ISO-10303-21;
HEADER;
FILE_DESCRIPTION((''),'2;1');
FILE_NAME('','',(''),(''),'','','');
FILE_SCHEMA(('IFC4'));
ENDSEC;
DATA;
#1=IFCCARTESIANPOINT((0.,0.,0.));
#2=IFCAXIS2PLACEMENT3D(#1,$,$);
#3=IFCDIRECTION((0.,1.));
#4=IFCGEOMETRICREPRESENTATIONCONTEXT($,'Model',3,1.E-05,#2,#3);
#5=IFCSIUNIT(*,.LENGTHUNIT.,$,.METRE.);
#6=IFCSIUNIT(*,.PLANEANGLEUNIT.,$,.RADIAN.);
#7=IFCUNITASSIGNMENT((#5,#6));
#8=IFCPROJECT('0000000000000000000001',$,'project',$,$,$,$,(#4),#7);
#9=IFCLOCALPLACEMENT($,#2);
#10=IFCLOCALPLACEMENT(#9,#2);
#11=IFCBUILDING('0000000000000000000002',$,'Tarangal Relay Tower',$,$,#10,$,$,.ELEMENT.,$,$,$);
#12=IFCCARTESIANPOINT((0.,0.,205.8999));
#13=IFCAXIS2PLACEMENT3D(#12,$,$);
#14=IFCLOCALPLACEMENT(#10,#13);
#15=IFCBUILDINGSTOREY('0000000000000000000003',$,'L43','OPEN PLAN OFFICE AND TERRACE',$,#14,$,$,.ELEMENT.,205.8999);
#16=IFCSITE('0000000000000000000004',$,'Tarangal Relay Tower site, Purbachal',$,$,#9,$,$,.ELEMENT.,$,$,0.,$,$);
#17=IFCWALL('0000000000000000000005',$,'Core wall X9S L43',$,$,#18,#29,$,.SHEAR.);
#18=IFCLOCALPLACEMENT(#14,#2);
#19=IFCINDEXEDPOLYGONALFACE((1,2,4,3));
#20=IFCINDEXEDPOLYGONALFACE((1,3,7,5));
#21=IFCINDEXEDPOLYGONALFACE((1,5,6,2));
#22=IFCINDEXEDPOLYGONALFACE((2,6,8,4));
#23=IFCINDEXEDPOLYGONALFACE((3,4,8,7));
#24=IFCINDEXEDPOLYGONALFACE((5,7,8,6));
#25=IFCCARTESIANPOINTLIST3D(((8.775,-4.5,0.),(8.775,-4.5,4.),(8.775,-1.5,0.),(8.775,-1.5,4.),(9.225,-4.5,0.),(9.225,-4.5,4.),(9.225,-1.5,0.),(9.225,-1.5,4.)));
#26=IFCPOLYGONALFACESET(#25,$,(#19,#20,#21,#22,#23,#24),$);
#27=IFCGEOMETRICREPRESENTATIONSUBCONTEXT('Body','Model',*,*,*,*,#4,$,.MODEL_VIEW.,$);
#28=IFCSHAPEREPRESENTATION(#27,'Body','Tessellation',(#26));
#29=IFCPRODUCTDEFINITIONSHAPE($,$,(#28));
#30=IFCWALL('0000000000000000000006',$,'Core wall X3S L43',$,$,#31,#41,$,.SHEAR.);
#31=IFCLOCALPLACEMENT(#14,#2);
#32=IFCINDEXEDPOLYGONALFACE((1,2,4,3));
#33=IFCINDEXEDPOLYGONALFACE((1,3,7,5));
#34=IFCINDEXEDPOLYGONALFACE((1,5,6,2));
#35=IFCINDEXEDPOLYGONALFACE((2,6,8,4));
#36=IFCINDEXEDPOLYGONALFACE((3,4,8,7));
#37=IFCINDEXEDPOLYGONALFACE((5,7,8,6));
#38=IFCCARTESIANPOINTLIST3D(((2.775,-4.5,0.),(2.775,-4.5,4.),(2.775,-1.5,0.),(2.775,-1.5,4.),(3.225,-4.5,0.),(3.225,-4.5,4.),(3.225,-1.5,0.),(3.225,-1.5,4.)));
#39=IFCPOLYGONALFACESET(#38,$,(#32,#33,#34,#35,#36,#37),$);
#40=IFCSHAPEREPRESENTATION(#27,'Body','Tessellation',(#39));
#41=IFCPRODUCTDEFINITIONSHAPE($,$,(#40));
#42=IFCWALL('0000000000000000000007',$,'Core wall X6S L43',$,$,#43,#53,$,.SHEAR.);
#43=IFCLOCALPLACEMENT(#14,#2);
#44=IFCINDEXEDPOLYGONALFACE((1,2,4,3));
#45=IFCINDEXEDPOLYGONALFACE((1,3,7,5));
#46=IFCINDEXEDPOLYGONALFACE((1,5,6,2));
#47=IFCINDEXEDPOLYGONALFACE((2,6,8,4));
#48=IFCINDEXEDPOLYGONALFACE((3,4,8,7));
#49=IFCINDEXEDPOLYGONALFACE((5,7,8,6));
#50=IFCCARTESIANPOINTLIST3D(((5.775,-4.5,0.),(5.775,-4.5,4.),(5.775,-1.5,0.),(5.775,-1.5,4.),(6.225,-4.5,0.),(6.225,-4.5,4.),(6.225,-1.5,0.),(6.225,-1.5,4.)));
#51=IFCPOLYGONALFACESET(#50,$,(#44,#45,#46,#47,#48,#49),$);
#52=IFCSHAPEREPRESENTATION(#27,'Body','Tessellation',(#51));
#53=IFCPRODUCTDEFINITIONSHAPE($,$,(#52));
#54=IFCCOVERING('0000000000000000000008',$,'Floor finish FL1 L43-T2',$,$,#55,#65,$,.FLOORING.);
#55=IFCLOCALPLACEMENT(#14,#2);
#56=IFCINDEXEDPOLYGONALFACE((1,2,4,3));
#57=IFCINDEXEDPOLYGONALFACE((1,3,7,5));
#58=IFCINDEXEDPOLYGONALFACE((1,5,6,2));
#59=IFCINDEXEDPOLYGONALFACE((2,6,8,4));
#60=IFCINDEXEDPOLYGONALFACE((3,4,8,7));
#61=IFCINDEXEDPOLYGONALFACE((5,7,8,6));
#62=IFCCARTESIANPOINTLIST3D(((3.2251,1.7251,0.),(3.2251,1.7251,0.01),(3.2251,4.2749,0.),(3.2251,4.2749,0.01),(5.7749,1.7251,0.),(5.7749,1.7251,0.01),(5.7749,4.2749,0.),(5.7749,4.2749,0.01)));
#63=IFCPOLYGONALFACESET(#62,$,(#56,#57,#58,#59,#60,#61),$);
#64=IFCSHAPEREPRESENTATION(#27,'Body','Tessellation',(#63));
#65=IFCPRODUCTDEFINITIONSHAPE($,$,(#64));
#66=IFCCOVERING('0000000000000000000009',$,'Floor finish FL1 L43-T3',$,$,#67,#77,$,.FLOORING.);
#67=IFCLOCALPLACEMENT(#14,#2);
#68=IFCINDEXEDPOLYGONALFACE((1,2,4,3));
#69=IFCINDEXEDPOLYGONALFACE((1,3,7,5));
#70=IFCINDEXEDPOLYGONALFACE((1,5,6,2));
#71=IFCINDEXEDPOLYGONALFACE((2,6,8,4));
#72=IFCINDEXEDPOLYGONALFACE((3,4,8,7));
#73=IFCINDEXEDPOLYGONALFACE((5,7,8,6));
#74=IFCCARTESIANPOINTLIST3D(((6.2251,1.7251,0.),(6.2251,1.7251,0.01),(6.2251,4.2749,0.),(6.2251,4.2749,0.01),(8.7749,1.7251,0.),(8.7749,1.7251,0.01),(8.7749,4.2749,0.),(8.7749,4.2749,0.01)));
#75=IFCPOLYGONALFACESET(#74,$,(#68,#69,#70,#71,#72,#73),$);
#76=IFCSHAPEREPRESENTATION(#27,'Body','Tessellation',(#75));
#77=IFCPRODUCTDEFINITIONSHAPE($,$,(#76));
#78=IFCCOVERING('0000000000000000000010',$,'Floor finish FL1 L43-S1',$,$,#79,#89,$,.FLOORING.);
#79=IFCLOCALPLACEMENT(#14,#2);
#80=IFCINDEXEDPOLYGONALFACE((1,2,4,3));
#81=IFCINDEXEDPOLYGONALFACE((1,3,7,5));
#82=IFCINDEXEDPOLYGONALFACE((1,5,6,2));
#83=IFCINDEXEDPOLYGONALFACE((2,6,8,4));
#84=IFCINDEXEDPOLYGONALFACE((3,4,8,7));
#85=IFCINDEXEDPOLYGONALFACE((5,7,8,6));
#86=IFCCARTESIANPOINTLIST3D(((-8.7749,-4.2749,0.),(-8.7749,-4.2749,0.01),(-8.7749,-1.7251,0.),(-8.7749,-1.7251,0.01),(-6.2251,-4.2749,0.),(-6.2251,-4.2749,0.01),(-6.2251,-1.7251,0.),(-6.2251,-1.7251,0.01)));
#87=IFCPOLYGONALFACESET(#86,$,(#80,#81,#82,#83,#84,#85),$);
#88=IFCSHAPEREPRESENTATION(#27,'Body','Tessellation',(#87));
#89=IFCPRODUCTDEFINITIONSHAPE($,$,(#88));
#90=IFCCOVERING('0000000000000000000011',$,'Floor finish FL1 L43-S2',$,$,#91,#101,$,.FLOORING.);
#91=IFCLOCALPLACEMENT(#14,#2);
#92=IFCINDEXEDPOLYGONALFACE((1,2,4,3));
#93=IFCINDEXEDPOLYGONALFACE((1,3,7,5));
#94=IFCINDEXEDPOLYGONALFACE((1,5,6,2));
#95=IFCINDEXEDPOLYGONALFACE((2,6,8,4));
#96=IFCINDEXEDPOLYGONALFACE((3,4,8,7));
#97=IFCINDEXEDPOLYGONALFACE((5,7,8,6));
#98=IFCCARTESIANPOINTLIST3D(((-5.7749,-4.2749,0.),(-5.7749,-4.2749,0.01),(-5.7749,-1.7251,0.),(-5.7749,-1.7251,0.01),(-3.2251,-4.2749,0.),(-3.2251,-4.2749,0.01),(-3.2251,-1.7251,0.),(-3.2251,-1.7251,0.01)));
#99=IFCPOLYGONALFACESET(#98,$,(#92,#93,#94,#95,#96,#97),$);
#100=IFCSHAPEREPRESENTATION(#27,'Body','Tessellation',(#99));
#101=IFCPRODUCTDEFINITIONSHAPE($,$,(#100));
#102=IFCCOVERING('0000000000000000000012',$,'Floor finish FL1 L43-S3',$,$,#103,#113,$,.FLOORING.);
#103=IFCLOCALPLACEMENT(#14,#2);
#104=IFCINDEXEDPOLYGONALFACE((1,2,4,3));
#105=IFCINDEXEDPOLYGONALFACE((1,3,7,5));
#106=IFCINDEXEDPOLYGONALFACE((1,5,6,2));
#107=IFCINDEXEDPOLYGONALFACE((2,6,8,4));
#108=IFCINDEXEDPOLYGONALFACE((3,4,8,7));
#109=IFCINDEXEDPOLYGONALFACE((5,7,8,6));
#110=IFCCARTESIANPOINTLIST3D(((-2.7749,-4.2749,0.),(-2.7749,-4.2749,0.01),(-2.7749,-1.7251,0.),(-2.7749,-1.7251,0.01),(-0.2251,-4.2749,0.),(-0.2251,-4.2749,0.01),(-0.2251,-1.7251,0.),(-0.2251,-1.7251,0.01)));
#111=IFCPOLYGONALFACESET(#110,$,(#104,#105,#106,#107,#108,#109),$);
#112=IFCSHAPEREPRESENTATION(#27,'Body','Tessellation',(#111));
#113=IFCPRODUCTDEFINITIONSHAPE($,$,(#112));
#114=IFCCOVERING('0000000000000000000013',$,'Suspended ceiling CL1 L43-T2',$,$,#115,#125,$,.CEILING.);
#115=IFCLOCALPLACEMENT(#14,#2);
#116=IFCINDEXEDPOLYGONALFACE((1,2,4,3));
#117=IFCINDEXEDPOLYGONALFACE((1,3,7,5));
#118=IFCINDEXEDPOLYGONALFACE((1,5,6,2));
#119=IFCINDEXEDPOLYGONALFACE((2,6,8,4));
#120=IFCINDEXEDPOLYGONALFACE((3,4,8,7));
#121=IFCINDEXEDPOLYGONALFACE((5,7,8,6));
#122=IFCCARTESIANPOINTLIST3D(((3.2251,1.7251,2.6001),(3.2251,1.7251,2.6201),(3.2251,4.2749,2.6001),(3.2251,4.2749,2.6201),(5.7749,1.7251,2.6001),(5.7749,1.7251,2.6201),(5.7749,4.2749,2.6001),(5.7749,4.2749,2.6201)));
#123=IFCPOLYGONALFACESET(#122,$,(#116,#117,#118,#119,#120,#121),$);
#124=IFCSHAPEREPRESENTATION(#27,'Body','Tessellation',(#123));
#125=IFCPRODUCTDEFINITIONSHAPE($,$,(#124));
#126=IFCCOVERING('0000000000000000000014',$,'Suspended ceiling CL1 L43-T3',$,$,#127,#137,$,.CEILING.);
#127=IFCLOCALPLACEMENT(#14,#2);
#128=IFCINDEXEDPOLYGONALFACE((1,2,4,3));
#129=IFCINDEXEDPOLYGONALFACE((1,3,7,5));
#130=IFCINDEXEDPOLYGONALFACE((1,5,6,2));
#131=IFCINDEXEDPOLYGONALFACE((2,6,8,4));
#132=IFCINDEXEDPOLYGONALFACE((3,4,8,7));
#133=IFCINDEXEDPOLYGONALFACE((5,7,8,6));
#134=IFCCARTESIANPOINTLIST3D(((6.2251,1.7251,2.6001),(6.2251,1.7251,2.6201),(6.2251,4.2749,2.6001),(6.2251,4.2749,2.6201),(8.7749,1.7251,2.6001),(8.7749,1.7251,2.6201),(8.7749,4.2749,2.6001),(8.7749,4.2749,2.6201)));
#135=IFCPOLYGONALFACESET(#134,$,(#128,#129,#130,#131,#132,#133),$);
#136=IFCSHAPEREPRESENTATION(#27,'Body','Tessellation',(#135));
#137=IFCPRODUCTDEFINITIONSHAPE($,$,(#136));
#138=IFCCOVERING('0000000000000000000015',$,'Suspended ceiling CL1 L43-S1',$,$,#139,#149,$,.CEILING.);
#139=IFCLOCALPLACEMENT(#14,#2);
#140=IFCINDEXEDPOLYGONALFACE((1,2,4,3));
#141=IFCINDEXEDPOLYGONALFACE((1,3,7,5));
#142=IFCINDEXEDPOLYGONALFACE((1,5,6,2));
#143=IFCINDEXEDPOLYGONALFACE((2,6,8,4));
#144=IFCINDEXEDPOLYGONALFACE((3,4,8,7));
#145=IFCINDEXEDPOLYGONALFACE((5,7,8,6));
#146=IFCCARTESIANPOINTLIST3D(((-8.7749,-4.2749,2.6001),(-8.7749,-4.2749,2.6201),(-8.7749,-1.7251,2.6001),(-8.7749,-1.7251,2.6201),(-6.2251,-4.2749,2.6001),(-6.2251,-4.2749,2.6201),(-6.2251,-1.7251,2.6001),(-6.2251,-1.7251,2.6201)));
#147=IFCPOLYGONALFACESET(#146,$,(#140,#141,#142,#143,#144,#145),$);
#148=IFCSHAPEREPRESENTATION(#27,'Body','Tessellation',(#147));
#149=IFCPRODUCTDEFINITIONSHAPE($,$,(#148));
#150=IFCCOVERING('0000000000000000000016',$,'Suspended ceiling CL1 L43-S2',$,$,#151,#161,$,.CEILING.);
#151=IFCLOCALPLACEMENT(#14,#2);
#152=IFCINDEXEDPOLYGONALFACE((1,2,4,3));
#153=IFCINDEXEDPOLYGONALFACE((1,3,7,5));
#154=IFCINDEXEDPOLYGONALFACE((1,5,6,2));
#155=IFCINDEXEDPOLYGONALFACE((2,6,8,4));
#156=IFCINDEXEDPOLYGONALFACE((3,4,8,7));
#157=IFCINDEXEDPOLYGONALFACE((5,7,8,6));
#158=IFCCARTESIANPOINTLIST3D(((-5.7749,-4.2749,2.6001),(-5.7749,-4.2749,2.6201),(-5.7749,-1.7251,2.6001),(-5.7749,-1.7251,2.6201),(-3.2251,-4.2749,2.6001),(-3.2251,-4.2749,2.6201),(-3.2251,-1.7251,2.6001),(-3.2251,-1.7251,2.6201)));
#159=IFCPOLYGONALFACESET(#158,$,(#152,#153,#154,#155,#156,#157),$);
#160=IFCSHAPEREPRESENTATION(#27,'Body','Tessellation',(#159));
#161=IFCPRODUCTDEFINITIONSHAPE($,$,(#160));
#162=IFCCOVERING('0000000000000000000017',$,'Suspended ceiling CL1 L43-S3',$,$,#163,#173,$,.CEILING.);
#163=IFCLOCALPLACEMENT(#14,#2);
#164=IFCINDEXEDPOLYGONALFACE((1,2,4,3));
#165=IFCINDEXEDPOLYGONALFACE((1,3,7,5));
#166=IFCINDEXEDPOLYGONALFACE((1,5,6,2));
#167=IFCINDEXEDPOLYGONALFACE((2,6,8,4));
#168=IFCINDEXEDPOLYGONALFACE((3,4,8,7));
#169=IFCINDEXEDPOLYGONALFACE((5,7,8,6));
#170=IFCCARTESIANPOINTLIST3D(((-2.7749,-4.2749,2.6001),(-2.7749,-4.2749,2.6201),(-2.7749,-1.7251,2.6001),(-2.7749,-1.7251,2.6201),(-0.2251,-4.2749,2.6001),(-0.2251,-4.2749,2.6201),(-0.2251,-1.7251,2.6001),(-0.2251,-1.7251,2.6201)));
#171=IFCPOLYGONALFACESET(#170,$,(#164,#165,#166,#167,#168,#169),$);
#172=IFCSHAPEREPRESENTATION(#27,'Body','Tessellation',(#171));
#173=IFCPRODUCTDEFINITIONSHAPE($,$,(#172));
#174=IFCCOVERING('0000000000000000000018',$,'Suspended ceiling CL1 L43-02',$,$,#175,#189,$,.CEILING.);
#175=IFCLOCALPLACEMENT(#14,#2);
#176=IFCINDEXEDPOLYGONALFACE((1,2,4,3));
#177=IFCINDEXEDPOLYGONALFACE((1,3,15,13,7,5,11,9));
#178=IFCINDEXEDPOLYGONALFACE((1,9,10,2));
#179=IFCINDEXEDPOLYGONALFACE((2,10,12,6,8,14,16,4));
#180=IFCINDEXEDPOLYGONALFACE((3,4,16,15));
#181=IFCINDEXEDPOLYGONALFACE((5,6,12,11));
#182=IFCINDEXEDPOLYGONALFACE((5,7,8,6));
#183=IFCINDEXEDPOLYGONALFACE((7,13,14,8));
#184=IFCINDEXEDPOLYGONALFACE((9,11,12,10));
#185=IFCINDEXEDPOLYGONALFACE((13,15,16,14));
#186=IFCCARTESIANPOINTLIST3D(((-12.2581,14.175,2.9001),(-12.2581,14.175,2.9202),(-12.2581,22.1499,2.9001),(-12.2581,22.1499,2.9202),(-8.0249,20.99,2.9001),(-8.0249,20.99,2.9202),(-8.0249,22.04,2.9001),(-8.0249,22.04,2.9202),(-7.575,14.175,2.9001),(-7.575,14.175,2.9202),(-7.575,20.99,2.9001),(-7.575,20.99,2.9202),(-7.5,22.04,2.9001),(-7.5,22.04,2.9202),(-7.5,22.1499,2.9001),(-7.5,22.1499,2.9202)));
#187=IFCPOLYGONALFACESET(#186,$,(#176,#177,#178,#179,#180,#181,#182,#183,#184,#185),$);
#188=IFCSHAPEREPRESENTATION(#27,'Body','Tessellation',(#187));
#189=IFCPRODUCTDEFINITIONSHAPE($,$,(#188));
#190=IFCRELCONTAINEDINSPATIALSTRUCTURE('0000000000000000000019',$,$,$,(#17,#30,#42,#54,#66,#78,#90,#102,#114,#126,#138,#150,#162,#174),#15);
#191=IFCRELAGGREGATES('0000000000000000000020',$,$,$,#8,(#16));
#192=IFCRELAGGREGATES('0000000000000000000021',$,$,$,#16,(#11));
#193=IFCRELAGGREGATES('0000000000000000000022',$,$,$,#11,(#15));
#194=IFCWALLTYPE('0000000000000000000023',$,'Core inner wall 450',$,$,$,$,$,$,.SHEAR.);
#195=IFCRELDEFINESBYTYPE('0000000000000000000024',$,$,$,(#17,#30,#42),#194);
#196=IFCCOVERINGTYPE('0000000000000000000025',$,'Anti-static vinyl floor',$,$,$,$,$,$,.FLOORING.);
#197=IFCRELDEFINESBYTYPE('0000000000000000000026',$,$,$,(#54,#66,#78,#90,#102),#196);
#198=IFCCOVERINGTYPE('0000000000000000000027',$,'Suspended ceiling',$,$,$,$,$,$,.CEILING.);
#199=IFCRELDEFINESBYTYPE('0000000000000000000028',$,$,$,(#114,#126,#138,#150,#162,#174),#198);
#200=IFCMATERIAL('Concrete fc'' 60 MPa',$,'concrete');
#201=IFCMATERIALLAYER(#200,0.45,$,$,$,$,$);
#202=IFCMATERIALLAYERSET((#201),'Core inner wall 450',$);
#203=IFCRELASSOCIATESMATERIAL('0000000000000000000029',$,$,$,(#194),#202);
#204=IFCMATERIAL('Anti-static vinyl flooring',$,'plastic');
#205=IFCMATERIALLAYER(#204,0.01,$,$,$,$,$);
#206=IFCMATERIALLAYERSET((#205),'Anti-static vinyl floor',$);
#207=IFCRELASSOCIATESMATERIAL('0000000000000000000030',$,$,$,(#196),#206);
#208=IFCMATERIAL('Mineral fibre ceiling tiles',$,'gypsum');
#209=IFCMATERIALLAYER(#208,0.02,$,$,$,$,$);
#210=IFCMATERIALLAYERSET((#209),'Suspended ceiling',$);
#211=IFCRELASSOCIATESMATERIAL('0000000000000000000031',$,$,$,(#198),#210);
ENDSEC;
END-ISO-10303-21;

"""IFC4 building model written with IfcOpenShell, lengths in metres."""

from ifc_helpers import new_model, si_unit, direction, frame, frame_2d, origin, place, context, subcontext, project, spatial, polyline, rectangle, outline, extrude, material, layer, layer_set, type_object, element, save


model = new_model("IFC4")

# Units and contexts
model_context = context("Model", 3, precision=1e-05, world=origin(), true_north=direction((0.0, 1.0)))
body_context = subcontext(model_context, "Body", "Model", "MODEL_VIEW")
ifc_project = project(units=[si_unit("LENGTHUNIT", "METRE"), si_unit("PLANEANGLEUNIT", "RADIAN")], contexts=[model_context])

# Site, building, storey
site_placement = place(None, origin())
site = spatial("IfcSite", under=ifc_project, at=site_placement, Name="Tarangal Relay Tower site, Purbachal", CompositionType="ELEMENT", RefElevation=0.0)
building_placement = place(site_placement, origin())
building = spatial("IfcBuilding", under=site, at=building_placement, Name="Tarangal Relay Tower", CompositionType="ELEMENT")
storey_placement = place(building_placement, frame((0.0, 0.0, 205.8999)))
storey = spatial("IfcBuildingStorey", under=building, at=storey_placement, Name="L43", Description="OPEN PLAN OFFICE AND TERRACE", CompositionType="ELEMENT", Elevation=205.8999)

# Walls
ifc_material_1 = material(Name="Concrete fc' 60 MPa", Category="concrete")
ifc_layer_1 = layer(ifc_material_1, 0.45)
ifc_layer_set_1 = layer_set([ifc_layer_1], Name="Core inner wall 450")
wall_type_1 = type_object("IfcWallType", Name="Core inner wall 450", PredefinedType="SHEAR", material=ifc_layer_set_1)
for number, where, z_axis, x_axis, name in (
    (1, (9.0, -4.5, 0.0), (0.0, 0.0, 1.0), (0.0, 1.0, 0.0), "Core wall X9S L43"),
    (2, (3.0, -4.5, 0.0), (0.0, 0.0, 1.0), (0.0, 1.0, 0.0), "Core wall X3S L43"),
    (3, (6.0, -4.5, 0.0), (0.0, 0.0, 1.0), (0.0, 1.0, 0.0), "Core wall X6S L43"),
):
    element("IfcWall", number, at=place(storey_placement, frame(where, z_axis=z_axis, x_axis=x_axis)), inside=storey, type_object=wall_type_1, Name=name, PredefinedType="SHEAR", context=body_context, shape_type="SweptSolid", body=[
        extrude(rectangle(XDim=3.0, YDim=0.45, at=frame_2d((1.5, 0.0))), origin(), (0.0, 0.0, 1.0), 4.0),
    ])

# Coverings
ifc_material_2 = material(Name="Anti-static vinyl flooring", Category="plastic")
ifc_layer_2 = layer(ifc_material_2, 0.01)
ifc_layer_set_2 = layer_set([ifc_layer_2], Name="Anti-static vinyl floor")
covering_type_1 = type_object("IfcCoveringType", Name="Anti-static vinyl floor", PredefinedType="FLOORING", material=ifc_layer_set_2)
covering_1_placement = place(storey_placement, origin())
element("IfcCovering", 4, at=covering_1_placement, inside=storey, type_object=covering_type_1, Name="Floor finish FL1 L43-T2", PredefinedType="FLOORING", context=body_context, shape_type="SweptSolid", body=[
    extrude(outline(polyline([(3.2251, 1.7251), (5.7749, 1.7251), (5.7749, 4.2749), (3.2251, 4.2749), (3.2251, 1.7251)])), origin(), (0.0, 0.0, 1.0), 0.01),
])
covering_2_placement = place(storey_placement, origin())
element("IfcCovering", 5, at=covering_2_placement, inside=storey, type_object=covering_type_1, Name="Floor finish FL1 L43-T3", PredefinedType="FLOORING", context=body_context, shape_type="SweptSolid", body=[
    extrude(outline(polyline([(6.2251, 1.7251), (8.7749, 1.7251), (8.7749, 4.2749), (6.2251, 4.2749), (6.2251, 1.7251)])), origin(), (0.0, 0.0, 1.0), 0.01),
])
covering_3_placement = place(storey_placement, origin())
element("IfcCovering", 6, at=covering_3_placement, inside=storey, type_object=covering_type_1, Name="Floor finish FL1 L43-S1", PredefinedType="FLOORING", context=body_context, shape_type="SweptSolid", body=[
    extrude(outline(polyline([(-8.7749, -4.2749), (-6.2251, -4.2749), (-6.2251, -1.7251), (-8.7749, -1.7251), (-8.7749, -4.2749)])), origin(), (0.0, 0.0, 1.0), 0.01),
])
covering_4_placement = place(storey_placement, origin())
element("IfcCovering", 7, at=covering_4_placement, inside=storey, type_object=covering_type_1, Name="Floor finish FL1 L43-S2", PredefinedType="FLOORING", context=body_context, shape_type="SweptSolid", body=[
    extrude(outline(polyline([(-5.7749, -4.2749), (-3.2251, -4.2749), (-3.2251, -1.7251), (-5.7749, -1.7251), (-5.7749, -4.2749)])), origin(), (0.0, 0.0, 1.0), 0.01),
])
covering_5_placement = place(storey_placement, origin())
element("IfcCovering", 8, at=covering_5_placement, inside=storey, type_object=covering_type_1, Name="Floor finish FL1 L43-S3", PredefinedType="FLOORING", context=body_context, shape_type="SweptSolid", body=[
    extrude(outline(polyline([(-2.7749, -4.2749), (-0.2251, -4.2749), (-0.2251, -1.7251), (-2.7749, -1.7251), (-2.7749, -4.2749)])), origin(), (0.0, 0.0, 1.0), 0.01),
])
ifc_material_3 = material(Name="Mineral fibre ceiling tiles", Category="gypsum")
ifc_layer_3 = layer(ifc_material_3, 0.02)
ifc_layer_set_3 = layer_set([ifc_layer_3], Name="Suspended ceiling")
covering_type_2 = type_object("IfcCoveringType", Name="Suspended ceiling", PredefinedType="CEILING", material=ifc_layer_set_3)
covering_6_placement = place(storey_placement, frame((0.0, 0.0, 2.6001)))
element("IfcCovering", 9, at=covering_6_placement, inside=storey, type_object=covering_type_2, Name="Suspended ceiling CL1 L43-T2", PredefinedType="CEILING", context=body_context, shape_type="SweptSolid", body=[
    extrude(outline(polyline([(3.2251, 1.7251), (5.7749, 1.7251), (5.7749, 4.2749), (3.2251, 4.2749), (3.2251, 1.7251)])), origin(), (0.0, 0.0, 1.0), 0.02),
])
covering_7_placement = place(storey_placement, frame((0.0, 0.0, 2.6001)))
element("IfcCovering", 10, at=covering_7_placement, inside=storey, type_object=covering_type_2, Name="Suspended ceiling CL1 L43-T3", PredefinedType="CEILING", context=body_context, shape_type="SweptSolid", body=[
    extrude(outline(polyline([(6.2251, 1.7251), (8.7749, 1.7251), (8.7749, 4.2749), (6.2251, 4.2749), (6.2251, 1.7251)])), origin(), (0.0, 0.0, 1.0), 0.02),
])
covering_8_placement = place(storey_placement, frame((0.0, 0.0, 2.6001)))
element("IfcCovering", 11, at=covering_8_placement, inside=storey, type_object=covering_type_2, Name="Suspended ceiling CL1 L43-S1", PredefinedType="CEILING", context=body_context, shape_type="SweptSolid", body=[
    extrude(outline(polyline([(-8.7749, -4.2749), (-6.2251, -4.2749), (-6.2251, -1.7251), (-8.7749, -1.7251), (-8.7749, -4.2749)])), origin(), (0.0, 0.0, 1.0), 0.02),
])
covering_9_placement = place(storey_placement, frame((0.0, 0.0, 2.6001)))
element("IfcCovering", 12, at=covering_9_placement, inside=storey, type_object=covering_type_2, Name="Suspended ceiling CL1 L43-S2", PredefinedType="CEILING", context=body_context, shape_type="SweptSolid", body=[
    extrude(outline(polyline([(-5.7749, -4.2749), (-3.2251, -4.2749), (-3.2251, -1.7251), (-5.7749, -1.7251), (-5.7749, -4.2749)])), origin(), (0.0, 0.0, 1.0), 0.02),
])
covering_10_placement = place(storey_placement, frame((0.0, 0.0, 2.6001)))
element("IfcCovering", 13, at=covering_10_placement, inside=storey, type_object=covering_type_2, Name="Suspended ceiling CL1 L43-S3", PredefinedType="CEILING", context=body_context, shape_type="SweptSolid", body=[
    extrude(outline(polyline([(-2.7749, -4.2749), (-0.2251, -4.2749), (-0.2251, -1.7251), (-2.7749, -1.7251), (-2.7749, -4.2749)])), origin(), (0.0, 0.0, 1.0), 0.02),
])
covering_11_placement = place(storey_placement, frame((0.0, 0.0, 2.9001)))
element("IfcCovering", 14, at=covering_11_placement, inside=storey, type_object=covering_type_2, Name="Suspended ceiling CL1 L43-02", PredefinedType="CEILING", context=body_context, shape_type="SweptSolid", body=[
    extrude(outline(polyline([(-7.5, 22.1499), (-12.2581, 22.1499), (-12.2581, 14.175), (-7.575, 14.175), (-7.575, 20.99), (-8.0249, 20.99), (-8.0249, 22.04), (-7.5, 22.04), (-7.5, 22.1499)])), origin(), (0.0, 0.0, 1.0), 0.02),
])

save(model, "model.ifc")
